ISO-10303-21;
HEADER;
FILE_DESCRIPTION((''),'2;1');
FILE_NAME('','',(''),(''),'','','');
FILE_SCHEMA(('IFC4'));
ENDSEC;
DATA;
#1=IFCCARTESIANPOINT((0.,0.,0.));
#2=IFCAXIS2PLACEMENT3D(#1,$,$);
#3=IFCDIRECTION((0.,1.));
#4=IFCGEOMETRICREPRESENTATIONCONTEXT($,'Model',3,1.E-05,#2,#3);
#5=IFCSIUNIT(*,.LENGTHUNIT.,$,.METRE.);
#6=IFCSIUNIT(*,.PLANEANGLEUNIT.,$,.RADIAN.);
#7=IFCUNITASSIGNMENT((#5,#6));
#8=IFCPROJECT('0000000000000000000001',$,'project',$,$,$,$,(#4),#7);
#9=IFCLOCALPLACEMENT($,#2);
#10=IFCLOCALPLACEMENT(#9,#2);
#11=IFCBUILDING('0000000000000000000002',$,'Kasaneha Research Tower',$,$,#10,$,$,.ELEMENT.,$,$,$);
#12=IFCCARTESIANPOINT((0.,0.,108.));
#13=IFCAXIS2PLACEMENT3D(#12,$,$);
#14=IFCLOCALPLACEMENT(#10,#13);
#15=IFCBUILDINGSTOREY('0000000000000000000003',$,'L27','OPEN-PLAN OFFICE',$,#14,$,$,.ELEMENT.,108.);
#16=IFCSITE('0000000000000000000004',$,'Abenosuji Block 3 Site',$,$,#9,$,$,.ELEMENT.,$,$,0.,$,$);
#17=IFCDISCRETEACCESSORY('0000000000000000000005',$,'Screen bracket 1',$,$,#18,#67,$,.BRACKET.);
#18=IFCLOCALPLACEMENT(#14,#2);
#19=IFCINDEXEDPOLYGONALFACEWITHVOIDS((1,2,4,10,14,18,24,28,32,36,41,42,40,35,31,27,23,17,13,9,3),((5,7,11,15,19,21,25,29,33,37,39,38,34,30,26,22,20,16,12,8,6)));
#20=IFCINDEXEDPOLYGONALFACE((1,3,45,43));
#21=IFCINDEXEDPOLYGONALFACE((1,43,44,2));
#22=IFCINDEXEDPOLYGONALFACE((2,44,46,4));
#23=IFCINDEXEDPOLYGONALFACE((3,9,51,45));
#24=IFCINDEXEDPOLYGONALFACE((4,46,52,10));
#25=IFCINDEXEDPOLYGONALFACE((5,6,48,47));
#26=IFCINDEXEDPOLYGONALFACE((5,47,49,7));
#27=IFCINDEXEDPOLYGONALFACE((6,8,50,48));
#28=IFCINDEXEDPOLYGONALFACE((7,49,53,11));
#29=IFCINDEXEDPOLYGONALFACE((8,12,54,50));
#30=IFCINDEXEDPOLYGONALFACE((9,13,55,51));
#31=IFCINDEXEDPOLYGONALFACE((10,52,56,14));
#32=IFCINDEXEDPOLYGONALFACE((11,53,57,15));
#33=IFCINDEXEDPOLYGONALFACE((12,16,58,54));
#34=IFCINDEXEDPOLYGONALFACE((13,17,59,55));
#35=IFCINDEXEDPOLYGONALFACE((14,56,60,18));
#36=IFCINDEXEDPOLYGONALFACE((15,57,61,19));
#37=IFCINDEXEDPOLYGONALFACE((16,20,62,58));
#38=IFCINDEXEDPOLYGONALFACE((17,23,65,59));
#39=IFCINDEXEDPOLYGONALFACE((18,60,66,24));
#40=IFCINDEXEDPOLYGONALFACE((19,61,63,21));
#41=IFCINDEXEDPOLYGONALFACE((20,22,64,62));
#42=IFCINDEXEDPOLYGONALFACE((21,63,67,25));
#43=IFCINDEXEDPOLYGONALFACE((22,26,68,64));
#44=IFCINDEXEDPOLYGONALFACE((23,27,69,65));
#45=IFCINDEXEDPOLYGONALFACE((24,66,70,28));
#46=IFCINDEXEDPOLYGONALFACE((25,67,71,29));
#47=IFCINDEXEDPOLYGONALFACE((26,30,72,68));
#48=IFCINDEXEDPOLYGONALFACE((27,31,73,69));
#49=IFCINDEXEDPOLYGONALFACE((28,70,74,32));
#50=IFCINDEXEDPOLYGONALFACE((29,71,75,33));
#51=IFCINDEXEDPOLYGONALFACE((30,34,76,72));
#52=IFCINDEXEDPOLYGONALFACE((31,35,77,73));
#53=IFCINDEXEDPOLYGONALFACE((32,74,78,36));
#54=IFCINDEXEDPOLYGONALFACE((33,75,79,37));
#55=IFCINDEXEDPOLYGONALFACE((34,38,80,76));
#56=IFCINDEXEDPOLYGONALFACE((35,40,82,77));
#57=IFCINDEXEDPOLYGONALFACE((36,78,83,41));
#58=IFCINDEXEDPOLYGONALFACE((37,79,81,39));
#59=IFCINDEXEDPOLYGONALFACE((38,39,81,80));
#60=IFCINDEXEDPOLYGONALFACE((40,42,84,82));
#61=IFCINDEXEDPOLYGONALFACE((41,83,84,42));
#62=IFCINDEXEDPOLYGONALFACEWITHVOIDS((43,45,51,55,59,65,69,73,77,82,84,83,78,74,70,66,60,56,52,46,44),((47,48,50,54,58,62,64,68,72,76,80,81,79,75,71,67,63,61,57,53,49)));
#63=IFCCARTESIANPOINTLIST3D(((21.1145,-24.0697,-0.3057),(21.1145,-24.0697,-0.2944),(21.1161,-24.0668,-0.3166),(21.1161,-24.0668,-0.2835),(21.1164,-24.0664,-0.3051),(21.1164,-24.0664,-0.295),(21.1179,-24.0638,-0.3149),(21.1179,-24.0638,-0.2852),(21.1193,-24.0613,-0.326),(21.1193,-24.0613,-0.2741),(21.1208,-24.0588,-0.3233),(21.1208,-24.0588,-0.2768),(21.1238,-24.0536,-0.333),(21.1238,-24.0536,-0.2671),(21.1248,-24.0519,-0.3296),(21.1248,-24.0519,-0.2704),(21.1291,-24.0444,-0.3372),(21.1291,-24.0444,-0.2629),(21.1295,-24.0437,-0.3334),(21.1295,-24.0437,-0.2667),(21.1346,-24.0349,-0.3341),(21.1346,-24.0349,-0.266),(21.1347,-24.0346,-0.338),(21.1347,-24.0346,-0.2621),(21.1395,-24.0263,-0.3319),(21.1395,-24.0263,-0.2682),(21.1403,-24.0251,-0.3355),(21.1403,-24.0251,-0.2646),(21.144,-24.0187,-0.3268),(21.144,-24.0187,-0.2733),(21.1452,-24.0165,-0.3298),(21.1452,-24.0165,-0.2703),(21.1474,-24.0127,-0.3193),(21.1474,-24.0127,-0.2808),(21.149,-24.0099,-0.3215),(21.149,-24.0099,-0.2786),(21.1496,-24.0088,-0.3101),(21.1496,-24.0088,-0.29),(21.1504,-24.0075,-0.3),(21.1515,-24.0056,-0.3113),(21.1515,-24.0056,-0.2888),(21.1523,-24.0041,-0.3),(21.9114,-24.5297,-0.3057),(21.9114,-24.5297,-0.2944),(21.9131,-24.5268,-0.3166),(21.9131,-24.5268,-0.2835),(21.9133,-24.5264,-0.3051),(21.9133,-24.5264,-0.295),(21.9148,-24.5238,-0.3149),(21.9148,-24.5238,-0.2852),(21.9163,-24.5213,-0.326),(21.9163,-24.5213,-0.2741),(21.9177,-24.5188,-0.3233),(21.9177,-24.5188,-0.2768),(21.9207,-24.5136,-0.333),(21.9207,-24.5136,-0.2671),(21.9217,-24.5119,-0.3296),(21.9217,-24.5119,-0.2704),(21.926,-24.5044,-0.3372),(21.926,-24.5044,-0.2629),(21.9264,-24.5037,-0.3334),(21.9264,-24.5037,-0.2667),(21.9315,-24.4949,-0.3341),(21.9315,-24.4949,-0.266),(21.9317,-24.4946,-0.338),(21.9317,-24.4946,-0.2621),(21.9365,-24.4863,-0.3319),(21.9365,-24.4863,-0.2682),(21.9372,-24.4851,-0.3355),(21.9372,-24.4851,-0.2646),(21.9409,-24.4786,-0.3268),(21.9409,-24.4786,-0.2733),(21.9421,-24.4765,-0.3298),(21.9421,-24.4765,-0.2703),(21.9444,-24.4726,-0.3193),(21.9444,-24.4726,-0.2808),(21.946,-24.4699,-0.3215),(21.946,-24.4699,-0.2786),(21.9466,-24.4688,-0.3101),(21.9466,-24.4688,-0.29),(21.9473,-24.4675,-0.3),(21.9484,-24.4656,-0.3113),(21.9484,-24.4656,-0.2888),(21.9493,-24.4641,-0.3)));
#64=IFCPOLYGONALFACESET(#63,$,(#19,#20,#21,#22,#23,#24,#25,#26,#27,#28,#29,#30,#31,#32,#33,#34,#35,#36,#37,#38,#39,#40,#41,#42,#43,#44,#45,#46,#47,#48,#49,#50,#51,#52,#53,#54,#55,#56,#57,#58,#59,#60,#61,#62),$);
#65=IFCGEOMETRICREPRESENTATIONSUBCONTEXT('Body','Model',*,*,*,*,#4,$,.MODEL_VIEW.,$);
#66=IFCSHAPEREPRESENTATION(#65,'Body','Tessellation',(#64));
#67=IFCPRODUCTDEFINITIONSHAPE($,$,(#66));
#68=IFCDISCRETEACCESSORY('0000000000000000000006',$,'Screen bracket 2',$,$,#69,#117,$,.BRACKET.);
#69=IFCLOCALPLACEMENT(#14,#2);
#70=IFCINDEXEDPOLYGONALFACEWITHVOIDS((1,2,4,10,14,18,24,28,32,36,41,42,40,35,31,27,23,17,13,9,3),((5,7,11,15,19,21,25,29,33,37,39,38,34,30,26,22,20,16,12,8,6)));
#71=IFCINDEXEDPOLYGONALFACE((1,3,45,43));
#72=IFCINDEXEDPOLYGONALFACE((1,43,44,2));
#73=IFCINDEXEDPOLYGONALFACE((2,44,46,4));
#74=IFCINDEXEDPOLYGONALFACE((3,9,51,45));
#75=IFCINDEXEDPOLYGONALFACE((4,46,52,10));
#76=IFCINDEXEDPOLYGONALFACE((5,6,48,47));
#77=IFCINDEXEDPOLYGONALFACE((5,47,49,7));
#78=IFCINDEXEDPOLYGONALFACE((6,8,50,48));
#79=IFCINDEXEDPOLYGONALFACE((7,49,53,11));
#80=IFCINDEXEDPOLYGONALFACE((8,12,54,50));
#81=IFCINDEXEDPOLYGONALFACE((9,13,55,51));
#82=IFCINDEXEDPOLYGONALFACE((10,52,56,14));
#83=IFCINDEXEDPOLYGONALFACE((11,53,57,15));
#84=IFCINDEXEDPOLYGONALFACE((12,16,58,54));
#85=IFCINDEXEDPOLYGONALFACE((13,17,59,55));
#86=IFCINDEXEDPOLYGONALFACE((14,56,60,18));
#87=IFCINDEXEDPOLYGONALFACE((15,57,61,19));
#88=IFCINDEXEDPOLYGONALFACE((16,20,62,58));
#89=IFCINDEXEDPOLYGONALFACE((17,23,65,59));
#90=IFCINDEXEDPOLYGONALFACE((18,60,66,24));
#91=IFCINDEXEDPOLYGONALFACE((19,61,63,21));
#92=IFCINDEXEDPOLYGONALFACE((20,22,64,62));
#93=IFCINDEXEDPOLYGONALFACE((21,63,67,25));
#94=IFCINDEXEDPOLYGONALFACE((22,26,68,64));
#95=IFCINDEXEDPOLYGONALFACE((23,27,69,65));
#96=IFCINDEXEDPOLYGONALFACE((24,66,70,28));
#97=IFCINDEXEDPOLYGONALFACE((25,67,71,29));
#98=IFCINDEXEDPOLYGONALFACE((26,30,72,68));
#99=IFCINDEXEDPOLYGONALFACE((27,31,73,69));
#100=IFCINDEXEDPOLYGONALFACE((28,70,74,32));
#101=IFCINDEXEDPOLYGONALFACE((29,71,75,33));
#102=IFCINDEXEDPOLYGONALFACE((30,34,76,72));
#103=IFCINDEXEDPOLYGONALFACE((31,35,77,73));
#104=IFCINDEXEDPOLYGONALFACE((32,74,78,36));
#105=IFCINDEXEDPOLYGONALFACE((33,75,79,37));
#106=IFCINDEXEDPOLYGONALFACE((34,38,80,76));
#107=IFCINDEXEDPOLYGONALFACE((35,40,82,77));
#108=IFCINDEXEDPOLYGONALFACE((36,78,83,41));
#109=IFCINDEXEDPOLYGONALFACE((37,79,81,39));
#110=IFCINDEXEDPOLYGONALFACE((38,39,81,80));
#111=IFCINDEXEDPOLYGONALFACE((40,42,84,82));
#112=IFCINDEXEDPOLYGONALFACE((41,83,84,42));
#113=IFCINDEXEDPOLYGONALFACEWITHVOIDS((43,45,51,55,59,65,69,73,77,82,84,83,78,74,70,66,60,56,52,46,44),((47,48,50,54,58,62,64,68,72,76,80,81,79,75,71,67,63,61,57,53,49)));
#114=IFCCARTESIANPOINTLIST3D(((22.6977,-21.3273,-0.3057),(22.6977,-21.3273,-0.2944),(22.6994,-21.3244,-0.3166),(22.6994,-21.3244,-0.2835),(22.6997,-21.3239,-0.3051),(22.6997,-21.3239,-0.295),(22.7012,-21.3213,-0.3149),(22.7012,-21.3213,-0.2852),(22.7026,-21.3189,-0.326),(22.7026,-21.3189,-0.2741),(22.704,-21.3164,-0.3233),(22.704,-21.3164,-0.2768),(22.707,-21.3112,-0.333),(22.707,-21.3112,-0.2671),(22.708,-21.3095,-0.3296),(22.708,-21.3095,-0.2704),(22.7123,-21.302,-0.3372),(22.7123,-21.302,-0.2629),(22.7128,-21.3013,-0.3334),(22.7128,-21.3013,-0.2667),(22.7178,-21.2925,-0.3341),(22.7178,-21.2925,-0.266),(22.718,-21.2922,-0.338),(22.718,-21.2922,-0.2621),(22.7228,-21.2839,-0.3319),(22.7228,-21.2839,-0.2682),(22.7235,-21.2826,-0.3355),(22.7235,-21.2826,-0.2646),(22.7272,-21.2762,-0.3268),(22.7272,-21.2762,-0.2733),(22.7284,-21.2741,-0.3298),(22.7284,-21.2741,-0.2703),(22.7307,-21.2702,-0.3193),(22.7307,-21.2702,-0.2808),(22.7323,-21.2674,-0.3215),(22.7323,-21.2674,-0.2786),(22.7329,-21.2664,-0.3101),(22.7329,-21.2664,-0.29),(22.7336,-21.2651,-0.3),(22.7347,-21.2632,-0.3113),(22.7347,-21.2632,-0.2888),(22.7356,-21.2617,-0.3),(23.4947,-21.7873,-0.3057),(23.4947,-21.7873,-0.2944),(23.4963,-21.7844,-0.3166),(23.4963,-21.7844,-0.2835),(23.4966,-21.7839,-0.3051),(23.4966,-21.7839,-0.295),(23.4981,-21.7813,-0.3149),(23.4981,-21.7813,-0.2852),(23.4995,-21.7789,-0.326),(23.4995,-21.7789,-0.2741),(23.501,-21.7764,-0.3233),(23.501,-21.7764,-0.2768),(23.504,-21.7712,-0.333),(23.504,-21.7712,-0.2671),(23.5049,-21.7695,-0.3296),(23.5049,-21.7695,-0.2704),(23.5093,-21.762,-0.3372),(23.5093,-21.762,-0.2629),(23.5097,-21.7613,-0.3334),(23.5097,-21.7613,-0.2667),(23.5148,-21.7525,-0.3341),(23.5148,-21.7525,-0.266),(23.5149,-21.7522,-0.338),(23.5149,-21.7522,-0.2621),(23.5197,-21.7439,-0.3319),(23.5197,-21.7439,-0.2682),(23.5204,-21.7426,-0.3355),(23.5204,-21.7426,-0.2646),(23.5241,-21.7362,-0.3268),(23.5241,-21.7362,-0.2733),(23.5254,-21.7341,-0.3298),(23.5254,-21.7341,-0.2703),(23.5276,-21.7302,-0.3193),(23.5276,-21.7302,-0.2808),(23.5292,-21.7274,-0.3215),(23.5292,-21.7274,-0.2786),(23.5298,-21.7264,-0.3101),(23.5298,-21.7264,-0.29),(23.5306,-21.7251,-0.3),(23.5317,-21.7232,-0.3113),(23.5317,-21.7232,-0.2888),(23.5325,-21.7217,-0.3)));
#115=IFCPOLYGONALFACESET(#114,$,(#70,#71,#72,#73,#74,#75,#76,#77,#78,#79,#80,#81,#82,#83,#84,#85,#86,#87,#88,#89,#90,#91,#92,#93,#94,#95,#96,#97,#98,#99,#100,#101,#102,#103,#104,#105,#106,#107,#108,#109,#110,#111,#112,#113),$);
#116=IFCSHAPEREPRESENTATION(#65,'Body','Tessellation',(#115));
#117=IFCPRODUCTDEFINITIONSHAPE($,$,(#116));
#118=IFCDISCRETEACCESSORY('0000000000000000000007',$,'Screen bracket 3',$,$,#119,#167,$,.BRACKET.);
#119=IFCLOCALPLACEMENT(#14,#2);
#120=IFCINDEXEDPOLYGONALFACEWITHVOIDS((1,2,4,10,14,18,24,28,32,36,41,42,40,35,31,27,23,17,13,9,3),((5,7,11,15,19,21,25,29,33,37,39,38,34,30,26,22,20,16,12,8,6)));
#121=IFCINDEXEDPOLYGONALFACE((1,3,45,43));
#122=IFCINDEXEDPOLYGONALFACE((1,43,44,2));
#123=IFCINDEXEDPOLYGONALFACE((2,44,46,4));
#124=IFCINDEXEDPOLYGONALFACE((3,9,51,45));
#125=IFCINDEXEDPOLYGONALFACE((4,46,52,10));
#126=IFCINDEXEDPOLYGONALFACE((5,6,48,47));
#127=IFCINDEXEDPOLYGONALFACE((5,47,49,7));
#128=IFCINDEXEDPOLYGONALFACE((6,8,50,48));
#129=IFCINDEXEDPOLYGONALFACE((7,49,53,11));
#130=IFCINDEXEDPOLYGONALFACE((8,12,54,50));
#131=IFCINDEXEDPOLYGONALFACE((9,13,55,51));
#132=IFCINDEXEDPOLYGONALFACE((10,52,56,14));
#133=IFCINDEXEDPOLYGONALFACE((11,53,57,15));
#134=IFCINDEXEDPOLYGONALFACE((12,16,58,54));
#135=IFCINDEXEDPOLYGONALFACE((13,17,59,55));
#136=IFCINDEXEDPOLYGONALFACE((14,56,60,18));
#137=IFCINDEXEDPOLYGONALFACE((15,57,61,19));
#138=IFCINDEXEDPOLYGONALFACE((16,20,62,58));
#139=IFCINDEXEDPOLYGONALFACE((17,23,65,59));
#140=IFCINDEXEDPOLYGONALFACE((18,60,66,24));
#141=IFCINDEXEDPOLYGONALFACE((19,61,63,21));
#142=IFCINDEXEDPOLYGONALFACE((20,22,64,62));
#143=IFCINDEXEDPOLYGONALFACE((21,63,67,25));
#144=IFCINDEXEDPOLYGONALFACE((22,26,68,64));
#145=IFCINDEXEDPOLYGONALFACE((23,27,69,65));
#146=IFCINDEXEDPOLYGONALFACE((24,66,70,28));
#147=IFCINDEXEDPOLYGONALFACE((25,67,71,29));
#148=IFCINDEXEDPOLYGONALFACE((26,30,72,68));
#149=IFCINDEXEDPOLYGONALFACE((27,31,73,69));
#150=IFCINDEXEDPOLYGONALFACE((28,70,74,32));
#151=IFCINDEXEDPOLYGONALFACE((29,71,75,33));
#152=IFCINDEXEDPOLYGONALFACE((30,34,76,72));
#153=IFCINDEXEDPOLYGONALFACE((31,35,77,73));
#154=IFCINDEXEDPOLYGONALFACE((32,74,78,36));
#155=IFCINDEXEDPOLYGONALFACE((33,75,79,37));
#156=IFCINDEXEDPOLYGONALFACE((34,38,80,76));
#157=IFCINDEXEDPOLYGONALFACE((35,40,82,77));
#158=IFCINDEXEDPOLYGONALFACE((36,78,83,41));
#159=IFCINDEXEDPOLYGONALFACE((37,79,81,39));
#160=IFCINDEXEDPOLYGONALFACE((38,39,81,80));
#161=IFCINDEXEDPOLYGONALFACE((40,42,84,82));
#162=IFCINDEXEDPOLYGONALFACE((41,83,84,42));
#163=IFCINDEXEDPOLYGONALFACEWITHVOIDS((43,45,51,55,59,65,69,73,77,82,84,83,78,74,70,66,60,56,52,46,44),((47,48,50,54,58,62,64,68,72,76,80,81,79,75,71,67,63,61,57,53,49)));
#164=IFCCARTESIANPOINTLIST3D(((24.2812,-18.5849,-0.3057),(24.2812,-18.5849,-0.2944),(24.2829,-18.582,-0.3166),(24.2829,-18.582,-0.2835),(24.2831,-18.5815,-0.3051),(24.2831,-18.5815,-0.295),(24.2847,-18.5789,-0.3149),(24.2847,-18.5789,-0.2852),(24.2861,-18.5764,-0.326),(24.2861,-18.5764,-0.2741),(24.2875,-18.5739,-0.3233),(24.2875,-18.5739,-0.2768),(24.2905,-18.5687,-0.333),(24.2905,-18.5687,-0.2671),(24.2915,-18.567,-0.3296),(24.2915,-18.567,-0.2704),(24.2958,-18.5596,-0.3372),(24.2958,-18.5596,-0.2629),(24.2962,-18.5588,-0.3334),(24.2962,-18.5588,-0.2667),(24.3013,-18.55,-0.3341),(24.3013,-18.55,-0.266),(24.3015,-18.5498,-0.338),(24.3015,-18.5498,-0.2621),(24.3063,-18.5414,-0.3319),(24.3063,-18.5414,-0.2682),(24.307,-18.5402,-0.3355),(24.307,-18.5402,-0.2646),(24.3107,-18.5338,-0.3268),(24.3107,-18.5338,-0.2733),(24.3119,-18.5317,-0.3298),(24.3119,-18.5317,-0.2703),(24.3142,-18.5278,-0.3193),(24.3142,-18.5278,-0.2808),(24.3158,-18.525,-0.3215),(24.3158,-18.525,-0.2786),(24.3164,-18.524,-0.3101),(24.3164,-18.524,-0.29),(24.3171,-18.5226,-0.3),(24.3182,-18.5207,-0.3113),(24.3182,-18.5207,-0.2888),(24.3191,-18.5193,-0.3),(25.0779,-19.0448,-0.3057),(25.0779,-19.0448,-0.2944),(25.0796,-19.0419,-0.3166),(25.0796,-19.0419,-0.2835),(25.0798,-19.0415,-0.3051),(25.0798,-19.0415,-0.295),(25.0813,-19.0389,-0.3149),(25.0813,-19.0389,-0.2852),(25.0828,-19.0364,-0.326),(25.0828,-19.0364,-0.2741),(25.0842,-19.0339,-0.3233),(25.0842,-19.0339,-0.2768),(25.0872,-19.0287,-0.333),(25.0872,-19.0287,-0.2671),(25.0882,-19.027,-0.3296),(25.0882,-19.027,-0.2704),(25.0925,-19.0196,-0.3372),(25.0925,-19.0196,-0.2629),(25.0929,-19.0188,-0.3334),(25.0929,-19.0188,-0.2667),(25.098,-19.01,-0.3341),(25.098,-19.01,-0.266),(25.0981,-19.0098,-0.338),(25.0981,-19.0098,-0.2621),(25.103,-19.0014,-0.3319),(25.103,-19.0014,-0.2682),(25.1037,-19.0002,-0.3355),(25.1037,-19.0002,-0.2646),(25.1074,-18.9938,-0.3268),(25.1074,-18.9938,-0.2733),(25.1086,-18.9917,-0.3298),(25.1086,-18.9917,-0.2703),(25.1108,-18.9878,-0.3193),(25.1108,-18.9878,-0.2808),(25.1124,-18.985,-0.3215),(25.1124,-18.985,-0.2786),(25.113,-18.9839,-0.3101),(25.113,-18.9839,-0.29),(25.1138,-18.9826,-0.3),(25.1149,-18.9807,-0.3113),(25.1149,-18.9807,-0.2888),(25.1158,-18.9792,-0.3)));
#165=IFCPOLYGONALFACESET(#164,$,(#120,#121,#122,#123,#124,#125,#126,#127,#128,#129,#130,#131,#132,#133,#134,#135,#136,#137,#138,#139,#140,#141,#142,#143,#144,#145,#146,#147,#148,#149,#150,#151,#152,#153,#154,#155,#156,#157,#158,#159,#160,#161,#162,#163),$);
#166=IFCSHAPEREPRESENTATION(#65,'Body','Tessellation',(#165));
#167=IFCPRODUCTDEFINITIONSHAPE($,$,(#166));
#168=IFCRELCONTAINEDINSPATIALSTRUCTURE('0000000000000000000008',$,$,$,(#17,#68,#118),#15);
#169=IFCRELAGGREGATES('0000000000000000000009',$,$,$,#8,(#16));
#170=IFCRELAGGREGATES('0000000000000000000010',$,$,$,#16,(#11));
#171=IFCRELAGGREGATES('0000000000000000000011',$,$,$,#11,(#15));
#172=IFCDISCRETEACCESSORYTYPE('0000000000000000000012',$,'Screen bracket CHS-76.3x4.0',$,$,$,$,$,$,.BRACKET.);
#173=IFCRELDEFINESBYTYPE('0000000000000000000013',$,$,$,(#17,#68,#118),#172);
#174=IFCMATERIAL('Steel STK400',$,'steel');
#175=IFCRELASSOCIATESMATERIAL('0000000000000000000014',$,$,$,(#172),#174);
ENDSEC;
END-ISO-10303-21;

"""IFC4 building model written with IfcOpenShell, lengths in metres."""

from ifc_helpers import new_model, si_unit, direction, frame, origin, origin_2d, place, context, subcontext, project, spatial, hollow_circle, extrude, material, material_profile, profile_set, type_object, element, save


model = new_model("IFC4")

# Units and contexts
model_context = context("Model", 3, precision=1e-05, world=origin(), true_north=direction((0.0, 1.0)))
body_context = subcontext(model_context, "Body", "Model", "MODEL_VIEW")
ifc_project = project(units=[si_unit("LENGTHUNIT", "METRE"), si_unit("PLANEANGLEUNIT", "RADIAN")], contexts=[model_context])

# Site, building, storey
site_placement = place(None, origin())
site = spatial("IfcSite", under=ifc_project, at=site_placement, Name="Abenosuji Block 3 Site", CompositionType="ELEMENT", RefElevation=0.0)
building_placement = place(site_placement, origin())
building = spatial("IfcBuilding", under=site, at=building_placement, Name="Kasaneha Research Tower", CompositionType="ELEMENT")
storey_placement = place(building_placement, frame((0.0, 0.0, 108.0)))
storey = spatial("IfcBuildingStorey", under=building, at=storey_placement, Name="L27", Description="OPEN-PLAN OFFICE", CompositionType="ELEMENT", Elevation=108.0)

# Discrete accessories
ifc_material_1 = material(Name="Steel STK400", Category="steel")
ifc_material_profile_1 = material_profile(ifc_material_1, hollow_circle(Radius=0.0381, WallThickness=0.0039, at=origin_2d()), Name="CHS-76.3x4.0")
ifc_profile_set_1 = profile_set([ifc_material_profile_1], Name="Steel STK400")
discrete_accessory_type = type_object("IfcDiscreteAccessoryType", Name="Screen bracket CHS-76.3x4.0", PredefinedType="BRACKET", material=ifc_profile_set_1)
for number, where, z_axis, x_axis, name in (
    (1, (21.1333, -24.0371, -0.3), (0.86608, -0.499906, 0.0), (0.499906, 0.86608, 0.0), "Screen bracket 1"),
    (2, (22.7166, -21.2947, -0.3), (0.86608, -0.499906, 0.0), (0.499906, 0.86608, 0.0), "Screen bracket 2"),
):
    element("IfcDiscreteAccessory", number, at=place(storey_placement, frame(where, z_axis=z_axis, x_axis=x_axis)), inside=storey, type_object=discrete_accessory_type, Name=name, PredefinedType="BRACKET", context=body_context, shape_type="SweptSolid", body=[
        extrude(hollow_circle(Radius=0.0381, WallThickness=0.0039, at=origin_2d()), origin(), (0.0, 0.0, 1.0), 0.9202),
    ])
discrete_accessory_1_placement = place(storey_placement, frame((24.3, -18.5522, -0.3), z_axis=(0.866013, -0.500021, 0.0), x_axis=(0.500021, 0.866013, 0.0)))
element("IfcDiscreteAccessory", 3, at=discrete_accessory_1_placement, inside=storey, type_object=discrete_accessory_type, Name="Screen bracket 3", PredefinedType="BRACKET", context=body_context, shape_type="SweptSolid", body=[
    extrude(hollow_circle(Radius=0.0381, WallThickness=0.0039, at=origin_2d()), origin(), (0.0, 0.0, 1.0), 0.9199),
])

save(model, "model.ifc")
